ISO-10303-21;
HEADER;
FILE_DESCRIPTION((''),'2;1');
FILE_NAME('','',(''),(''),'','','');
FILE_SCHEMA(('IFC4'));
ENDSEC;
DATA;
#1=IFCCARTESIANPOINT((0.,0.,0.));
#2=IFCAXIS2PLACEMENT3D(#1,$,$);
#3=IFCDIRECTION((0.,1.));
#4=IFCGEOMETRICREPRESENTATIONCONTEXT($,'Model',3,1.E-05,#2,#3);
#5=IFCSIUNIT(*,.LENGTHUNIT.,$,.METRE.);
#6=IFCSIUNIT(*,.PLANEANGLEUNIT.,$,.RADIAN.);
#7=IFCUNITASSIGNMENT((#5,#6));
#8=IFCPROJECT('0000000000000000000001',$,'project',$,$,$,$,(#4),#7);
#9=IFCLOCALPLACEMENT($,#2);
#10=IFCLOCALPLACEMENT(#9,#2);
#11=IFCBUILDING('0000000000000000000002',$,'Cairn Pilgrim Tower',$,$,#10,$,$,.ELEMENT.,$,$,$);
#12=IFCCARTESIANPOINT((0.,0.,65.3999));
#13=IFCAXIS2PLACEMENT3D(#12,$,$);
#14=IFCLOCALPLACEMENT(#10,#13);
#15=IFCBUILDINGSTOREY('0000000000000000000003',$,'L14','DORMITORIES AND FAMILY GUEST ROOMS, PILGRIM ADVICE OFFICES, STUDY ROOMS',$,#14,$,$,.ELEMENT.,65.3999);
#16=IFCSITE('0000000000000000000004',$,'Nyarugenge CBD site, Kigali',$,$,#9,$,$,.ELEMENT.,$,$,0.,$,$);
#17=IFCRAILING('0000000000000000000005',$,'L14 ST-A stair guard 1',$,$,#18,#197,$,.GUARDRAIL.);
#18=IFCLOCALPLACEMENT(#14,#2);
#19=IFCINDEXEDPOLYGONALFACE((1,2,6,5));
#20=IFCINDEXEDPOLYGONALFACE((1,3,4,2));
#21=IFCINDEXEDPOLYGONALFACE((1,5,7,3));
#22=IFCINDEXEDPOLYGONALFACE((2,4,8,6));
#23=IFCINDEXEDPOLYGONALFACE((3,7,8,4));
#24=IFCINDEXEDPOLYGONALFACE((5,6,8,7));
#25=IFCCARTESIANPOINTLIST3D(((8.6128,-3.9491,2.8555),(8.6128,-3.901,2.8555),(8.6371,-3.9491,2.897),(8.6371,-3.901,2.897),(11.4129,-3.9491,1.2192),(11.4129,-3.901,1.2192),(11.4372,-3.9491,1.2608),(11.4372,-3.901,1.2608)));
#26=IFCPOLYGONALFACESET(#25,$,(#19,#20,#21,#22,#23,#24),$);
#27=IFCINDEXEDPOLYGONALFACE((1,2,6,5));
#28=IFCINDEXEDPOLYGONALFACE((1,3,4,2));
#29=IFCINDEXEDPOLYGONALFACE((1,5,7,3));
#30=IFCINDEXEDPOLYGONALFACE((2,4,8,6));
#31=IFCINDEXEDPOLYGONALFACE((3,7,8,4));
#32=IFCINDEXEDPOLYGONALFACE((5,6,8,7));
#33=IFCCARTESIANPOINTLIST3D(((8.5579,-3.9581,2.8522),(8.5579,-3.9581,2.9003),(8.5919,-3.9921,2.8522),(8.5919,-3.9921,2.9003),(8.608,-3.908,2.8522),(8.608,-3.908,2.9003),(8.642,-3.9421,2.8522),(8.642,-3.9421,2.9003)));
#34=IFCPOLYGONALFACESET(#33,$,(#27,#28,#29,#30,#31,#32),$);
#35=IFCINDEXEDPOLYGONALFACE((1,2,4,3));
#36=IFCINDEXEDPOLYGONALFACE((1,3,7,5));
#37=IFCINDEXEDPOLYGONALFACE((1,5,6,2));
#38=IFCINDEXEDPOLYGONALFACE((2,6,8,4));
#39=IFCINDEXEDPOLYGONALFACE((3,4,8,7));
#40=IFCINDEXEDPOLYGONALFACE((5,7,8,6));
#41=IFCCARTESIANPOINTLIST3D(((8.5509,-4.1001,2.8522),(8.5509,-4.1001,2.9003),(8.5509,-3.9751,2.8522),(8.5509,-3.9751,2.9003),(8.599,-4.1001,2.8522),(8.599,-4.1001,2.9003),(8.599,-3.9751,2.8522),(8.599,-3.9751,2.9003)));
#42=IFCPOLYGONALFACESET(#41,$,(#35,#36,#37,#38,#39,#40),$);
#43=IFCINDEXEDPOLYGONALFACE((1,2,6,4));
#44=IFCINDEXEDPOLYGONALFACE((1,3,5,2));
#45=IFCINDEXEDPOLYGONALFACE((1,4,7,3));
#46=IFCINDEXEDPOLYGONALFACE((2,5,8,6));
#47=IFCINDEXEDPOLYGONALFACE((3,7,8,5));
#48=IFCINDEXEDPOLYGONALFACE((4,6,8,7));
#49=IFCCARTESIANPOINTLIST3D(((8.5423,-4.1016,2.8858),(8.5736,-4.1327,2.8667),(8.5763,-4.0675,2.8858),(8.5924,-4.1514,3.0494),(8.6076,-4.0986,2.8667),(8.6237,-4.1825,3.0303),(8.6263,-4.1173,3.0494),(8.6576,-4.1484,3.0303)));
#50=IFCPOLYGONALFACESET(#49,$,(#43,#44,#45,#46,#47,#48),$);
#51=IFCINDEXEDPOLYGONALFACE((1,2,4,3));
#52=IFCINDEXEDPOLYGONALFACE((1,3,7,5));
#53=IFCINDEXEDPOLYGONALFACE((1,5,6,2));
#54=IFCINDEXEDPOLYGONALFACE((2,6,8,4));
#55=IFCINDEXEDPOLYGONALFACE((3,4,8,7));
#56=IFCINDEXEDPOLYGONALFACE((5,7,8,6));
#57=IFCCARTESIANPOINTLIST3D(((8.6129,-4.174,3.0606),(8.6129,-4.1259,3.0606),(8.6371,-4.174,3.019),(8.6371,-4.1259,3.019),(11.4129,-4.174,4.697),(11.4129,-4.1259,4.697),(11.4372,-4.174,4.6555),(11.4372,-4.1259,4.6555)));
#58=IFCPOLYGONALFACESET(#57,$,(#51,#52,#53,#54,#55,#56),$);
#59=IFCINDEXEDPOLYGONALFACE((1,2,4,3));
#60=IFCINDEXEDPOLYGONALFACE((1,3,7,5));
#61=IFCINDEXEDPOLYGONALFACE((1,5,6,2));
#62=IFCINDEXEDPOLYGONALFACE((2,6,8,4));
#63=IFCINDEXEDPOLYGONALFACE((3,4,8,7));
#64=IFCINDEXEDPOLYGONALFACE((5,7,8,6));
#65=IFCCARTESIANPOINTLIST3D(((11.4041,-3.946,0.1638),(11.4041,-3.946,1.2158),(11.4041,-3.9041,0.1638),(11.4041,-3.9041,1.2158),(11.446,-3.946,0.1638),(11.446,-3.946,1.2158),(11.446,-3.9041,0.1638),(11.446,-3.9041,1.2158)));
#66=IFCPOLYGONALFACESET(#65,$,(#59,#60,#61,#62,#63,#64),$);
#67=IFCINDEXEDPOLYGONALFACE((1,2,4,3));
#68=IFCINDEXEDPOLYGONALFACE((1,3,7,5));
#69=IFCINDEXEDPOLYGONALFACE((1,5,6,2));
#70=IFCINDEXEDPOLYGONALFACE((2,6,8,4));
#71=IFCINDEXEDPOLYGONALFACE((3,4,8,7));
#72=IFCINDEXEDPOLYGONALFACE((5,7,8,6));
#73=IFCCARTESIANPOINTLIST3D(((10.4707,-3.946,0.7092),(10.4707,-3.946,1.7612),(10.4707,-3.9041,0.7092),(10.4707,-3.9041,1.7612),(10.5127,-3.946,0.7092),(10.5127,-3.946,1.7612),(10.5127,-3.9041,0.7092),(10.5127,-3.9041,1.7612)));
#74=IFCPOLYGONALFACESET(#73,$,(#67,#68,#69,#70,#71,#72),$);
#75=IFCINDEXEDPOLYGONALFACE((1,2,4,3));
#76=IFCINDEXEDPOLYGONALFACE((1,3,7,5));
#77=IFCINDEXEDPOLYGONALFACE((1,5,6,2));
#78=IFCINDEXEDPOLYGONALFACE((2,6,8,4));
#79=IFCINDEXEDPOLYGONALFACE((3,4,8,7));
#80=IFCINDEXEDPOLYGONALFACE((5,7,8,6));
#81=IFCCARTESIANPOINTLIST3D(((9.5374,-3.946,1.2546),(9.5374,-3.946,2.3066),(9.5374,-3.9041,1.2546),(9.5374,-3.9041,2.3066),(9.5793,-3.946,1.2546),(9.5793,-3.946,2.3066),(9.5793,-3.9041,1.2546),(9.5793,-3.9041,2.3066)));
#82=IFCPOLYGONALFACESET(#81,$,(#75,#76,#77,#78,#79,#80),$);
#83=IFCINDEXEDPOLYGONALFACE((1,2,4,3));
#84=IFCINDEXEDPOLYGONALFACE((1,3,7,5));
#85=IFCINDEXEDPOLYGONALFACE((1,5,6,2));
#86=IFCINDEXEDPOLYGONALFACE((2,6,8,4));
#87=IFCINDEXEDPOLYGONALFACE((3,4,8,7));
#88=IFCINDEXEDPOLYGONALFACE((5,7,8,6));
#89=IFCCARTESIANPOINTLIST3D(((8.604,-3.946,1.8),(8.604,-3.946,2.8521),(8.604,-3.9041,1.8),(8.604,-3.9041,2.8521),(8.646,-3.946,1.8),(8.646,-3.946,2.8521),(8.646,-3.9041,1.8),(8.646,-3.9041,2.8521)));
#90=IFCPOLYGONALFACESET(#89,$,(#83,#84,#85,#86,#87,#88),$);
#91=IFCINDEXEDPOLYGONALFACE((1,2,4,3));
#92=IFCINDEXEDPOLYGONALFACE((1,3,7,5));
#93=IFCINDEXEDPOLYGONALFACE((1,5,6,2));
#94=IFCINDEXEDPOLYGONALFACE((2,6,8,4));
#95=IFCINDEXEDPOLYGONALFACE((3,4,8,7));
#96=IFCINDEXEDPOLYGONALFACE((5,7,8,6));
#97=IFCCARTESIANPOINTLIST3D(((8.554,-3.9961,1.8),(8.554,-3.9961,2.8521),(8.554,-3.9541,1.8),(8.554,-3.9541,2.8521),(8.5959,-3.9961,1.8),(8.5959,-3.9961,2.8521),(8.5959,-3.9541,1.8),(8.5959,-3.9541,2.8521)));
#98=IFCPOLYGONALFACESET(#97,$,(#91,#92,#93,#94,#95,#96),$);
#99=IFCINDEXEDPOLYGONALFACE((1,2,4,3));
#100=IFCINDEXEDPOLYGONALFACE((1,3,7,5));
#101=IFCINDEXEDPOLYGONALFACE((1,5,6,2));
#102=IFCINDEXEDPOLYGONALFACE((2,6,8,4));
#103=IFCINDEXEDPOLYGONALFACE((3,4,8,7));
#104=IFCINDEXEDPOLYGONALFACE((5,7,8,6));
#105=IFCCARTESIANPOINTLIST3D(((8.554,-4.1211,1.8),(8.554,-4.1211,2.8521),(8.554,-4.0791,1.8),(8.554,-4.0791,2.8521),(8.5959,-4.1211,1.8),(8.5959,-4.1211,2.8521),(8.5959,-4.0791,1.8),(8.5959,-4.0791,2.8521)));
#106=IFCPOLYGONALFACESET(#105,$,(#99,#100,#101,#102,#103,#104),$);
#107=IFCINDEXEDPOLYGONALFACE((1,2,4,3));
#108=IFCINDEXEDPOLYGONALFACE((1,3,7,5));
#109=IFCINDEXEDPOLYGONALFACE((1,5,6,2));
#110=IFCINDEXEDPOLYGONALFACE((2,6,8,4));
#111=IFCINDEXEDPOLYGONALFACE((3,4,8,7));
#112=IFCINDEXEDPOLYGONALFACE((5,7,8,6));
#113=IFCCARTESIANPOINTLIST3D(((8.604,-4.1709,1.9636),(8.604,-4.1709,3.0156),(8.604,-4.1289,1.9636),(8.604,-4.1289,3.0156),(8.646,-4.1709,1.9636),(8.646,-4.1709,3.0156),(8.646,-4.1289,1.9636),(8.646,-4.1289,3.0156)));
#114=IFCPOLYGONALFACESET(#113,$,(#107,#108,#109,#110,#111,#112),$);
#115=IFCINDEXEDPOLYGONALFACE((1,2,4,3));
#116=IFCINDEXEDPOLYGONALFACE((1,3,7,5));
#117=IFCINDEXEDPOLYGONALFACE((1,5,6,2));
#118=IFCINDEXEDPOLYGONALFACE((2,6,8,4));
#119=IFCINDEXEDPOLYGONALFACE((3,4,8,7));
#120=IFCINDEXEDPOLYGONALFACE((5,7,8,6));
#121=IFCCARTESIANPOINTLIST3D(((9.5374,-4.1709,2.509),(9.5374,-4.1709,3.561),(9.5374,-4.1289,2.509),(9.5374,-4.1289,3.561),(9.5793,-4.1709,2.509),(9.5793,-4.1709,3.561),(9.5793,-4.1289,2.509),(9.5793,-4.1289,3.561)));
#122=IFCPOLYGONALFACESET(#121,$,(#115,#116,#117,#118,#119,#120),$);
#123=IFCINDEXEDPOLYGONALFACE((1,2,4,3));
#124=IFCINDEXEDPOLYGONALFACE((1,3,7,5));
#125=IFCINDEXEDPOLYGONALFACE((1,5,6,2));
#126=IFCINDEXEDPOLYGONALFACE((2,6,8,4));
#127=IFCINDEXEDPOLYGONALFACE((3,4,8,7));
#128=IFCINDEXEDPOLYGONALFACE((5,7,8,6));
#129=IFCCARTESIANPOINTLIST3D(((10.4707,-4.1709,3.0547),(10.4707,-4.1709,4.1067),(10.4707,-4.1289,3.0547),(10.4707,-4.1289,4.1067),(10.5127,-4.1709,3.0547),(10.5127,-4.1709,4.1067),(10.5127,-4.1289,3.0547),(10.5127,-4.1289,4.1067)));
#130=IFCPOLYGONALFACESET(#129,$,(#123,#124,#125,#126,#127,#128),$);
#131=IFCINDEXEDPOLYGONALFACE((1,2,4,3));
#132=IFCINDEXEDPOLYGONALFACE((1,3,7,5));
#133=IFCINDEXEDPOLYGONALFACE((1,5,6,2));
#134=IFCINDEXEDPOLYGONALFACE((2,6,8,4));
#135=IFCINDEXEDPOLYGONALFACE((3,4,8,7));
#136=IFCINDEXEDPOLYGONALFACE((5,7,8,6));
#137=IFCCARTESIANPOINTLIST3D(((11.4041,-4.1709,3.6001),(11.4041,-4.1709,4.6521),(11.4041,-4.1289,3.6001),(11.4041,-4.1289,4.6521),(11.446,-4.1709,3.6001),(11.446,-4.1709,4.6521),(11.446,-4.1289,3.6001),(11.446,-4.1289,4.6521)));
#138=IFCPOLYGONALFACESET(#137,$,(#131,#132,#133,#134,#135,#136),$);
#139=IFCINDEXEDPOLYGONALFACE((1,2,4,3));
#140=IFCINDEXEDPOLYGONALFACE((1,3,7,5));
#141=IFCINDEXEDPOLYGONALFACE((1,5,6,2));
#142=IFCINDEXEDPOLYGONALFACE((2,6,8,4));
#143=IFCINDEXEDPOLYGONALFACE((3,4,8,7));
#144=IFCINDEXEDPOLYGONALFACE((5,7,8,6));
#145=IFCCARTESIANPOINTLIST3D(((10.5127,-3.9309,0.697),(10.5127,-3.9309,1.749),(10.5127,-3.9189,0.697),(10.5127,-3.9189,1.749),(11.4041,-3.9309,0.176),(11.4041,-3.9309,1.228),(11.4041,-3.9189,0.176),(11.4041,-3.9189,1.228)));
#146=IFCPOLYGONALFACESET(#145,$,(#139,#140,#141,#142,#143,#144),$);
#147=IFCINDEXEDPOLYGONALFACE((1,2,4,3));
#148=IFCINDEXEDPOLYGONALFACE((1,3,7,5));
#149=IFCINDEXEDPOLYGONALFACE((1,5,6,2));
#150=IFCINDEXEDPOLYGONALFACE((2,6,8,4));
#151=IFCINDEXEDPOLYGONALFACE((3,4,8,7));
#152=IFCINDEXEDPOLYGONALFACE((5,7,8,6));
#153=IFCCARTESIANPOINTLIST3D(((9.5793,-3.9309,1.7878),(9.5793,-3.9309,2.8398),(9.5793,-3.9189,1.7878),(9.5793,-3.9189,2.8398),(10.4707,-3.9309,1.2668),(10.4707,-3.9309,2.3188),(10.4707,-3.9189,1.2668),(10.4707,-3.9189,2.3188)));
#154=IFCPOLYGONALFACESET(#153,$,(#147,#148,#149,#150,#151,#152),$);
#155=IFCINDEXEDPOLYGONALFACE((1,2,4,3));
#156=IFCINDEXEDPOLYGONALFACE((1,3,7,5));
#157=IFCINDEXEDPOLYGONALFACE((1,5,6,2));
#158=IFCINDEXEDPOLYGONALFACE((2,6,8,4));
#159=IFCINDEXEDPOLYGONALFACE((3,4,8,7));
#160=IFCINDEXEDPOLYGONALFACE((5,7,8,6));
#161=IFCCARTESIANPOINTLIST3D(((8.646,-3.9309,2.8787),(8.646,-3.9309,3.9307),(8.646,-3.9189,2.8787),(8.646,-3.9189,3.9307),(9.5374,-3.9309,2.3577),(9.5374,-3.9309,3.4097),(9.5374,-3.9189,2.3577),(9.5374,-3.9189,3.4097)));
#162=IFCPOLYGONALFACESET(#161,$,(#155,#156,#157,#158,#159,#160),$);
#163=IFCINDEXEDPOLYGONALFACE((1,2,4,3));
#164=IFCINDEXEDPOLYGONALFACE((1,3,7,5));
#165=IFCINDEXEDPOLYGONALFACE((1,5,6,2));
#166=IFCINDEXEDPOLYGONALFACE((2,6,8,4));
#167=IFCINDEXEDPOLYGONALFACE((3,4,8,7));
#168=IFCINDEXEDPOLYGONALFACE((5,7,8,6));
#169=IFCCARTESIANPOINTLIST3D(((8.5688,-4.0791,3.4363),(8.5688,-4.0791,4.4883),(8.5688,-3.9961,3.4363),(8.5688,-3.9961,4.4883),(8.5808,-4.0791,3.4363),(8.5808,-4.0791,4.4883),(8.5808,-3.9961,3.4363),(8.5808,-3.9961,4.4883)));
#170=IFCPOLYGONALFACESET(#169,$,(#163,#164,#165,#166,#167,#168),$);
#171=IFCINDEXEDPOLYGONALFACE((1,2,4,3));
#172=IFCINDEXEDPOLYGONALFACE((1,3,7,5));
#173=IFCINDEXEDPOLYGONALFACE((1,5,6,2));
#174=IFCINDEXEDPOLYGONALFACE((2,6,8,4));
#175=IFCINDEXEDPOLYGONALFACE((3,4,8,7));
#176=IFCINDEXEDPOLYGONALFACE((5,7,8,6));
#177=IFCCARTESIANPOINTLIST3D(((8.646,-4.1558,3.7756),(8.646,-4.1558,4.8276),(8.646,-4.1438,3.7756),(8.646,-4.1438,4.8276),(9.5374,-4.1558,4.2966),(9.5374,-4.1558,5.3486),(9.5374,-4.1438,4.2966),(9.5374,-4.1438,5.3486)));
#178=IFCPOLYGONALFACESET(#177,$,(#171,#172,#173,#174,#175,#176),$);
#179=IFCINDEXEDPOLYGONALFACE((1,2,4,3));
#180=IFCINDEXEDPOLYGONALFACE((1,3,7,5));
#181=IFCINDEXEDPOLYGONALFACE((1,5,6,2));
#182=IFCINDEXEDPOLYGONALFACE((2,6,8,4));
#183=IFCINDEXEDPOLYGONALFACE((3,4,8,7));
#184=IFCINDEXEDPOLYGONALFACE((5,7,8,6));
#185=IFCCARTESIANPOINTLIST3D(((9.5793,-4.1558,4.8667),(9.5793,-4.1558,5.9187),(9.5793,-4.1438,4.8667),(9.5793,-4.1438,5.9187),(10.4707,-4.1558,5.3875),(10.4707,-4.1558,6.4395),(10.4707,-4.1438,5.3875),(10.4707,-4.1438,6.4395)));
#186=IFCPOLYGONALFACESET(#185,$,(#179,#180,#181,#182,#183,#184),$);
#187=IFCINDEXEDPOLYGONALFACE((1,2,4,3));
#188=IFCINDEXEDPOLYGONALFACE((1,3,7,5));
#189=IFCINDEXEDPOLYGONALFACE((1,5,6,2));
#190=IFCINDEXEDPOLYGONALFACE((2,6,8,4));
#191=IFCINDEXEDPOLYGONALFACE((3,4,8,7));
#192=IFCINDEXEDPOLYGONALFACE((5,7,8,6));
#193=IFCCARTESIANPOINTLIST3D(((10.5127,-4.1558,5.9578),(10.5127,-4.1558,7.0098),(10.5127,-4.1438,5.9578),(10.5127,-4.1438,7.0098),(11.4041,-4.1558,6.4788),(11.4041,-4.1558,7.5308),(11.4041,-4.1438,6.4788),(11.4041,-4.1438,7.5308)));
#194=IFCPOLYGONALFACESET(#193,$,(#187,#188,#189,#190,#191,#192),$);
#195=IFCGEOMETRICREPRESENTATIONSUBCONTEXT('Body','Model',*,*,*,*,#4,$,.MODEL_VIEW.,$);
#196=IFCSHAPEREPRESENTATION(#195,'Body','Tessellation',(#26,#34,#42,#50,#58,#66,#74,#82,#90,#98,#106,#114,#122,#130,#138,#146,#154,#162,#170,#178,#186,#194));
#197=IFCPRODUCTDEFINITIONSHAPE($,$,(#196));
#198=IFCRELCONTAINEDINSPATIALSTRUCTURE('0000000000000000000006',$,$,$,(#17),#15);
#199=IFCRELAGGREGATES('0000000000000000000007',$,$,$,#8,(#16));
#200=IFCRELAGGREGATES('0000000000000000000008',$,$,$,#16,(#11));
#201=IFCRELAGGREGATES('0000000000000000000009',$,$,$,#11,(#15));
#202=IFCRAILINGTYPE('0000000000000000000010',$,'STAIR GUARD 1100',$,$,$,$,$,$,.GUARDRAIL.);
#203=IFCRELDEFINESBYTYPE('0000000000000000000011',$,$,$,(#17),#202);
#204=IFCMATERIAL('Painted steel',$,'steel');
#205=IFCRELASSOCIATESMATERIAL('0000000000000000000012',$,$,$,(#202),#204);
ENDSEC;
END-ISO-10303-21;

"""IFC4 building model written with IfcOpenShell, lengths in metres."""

from ifc_helpers import new_model, si_unit, direction, frame, origin, origin_2d, place, context, subcontext, project, spatial, polyline, rectangle, outline, extrude, material, type_object, element, save


model = new_model("IFC4")

# Units and contexts
model_context = context("Model", 3, precision=1e-05, world=origin(), true_north=direction((0.0, 1.0)))
body_context = subcontext(model_context, "Body", "Model", "MODEL_VIEW")
ifc_project = project(units=[si_unit("LENGTHUNIT", "METRE"), si_unit("PLANEANGLEUNIT", "RADIAN")], contexts=[model_context])

# Site, building, storey
site_placement = place(None, origin())
site = spatial("IfcSite", under=ifc_project, at=site_placement, Name="Nyarugenge CBD site, Kigali", CompositionType="ELEMENT", RefElevation=0.0)
building_placement = place(site_placement, origin())
building = spatial("IfcBuilding", under=site, at=building_placement, Name="Cairn Pilgrim Tower", CompositionType="ELEMENT")
storey_placement = place(building_placement, frame((0.0, 0.0, 65.3999)))
storey = spatial("IfcBuildingStorey", under=building, at=storey_placement, Name="L14", Description="DORMITORIES AND FAMILY GUEST ROOMS, PILGRIM ADVICE OFFICES, STUDY ROOMS", CompositionType="ELEMENT", Elevation=65.3999)

# Shared definitions
ifc_material_1 = material(Name="Painted steel", Category="steel")

# Railing
railing_type_1 = type_object("IfcRailingType", Name="STAIR GUARD 1100", PredefinedType="GUARDRAIL", material=ifc_material_1)
railing_1_placement = place(storey_placement, frame((11.425, -3.925, 0.1638)))
element("IfcRailing", 1, at=railing_1_placement, inside=storey, type_object=railing_type_1, Name="L14 ST-A stair guard 1", PredefinedType="GUARDRAIL", context=body_context, shape_type="SweptSolid", body=[
    extrude(rectangle(XDim=0.0481, YDim=0.0481, at=origin_2d()), frame((0.0, 0.0, 1.0762), z_axis=(-0.863394, 0.0, 0.504531), x_axis=(0.0, -1.0, 0.0)), (0.0, 0.0, 1.0), 3.2432),
    extrude(rectangle(XDim=0.0481, YDim=0.0481, at=origin_2d()), frame((-2.8, 0.0, 2.7124), z_axis=(-0.707107, -0.707107, 0.0), x_axis=(0.707107, -0.707107, 0.0)), (0.0, 0.0, 1.0), 0.0708),
    extrude(rectangle(XDim=0.0481, YDim=0.0481, at=origin_2d()), frame((-2.8501, -0.05, 2.7124), z_axis=(0.0, -1.0, 0.0), x_axis=(1.0, 0.0, 0.0)), (0.0, 0.0, 1.0), 0.125),
    extrude(rectangle(XDim=0.0481, YDim=0.0481, at=origin_2d()), frame((-2.8501, -0.175, 2.7124), z_axis=(0.280917, -0.279546, 0.918118), x_axis=(0.705376, 0.708834, 0.0)), (0.0, 0.0, 1.0), 0.1782),
    extrude(rectangle(XDim=0.0481, YDim=0.0481, at=origin_2d()), frame((-2.8, -0.2249, 2.876), z_axis=(0.863361, 0.0, 0.504587), x_axis=(0.0, 1.0, 0.0)), (0.0, 0.0, 1.0), 3.2432),
    extrude(rectangle(XDim=0.042, YDim=0.042, at=origin_2d()), origin(), (0.0, 0.0, 1.0), 1.052),
    extrude(rectangle(XDim=0.042, YDim=0.042, at=origin_2d()), frame((-0.9333, 0.0, 0.5454)), (0.0, 0.0, 1.0), 1.052),
    extrude(rectangle(XDim=0.042, YDim=0.042, at=origin_2d()), frame((-1.8667, 0.0, 1.0908)), (0.0, 0.0, 1.0), 1.052),
    extrude(rectangle(XDim=0.042, YDim=0.042, at=origin_2d()), frame((-2.8, 0.0, 1.6362)), (0.0, 0.0, 1.0), 1.052),
    extrude(rectangle(XDim=0.042, YDim=0.042, at=origin_2d()), frame((-2.8501, -0.05, 1.6362)), (0.0, 0.0, 1.0), 1.052),
    extrude(rectangle(XDim=0.042, YDim=0.042, at=origin_2d()), frame((-2.8501, -0.175, 1.6362)), (0.0, 0.0, 1.0), 1.052),
    extrude(rectangle(XDim=0.042, YDim=0.042, at=origin_2d()), frame((-2.8, -0.2249, 1.7998)), (0.0, 0.0, 1.0), 1.052),
    extrude(rectangle(XDim=0.042, YDim=0.042, at=origin_2d()), frame((-1.8667, -0.2249, 2.3452)), (0.0, 0.0, 1.0), 1.052),
    extrude(rectangle(XDim=0.042, YDim=0.042, at=origin_2d()), frame((-0.9333, -0.2249, 2.8909)), (0.0, 0.0, 1.0), 1.052),
    extrude(rectangle(XDim=0.042, YDim=0.042, at=origin_2d()), frame((0.0, -0.2249, 3.4363)), (0.0, 0.0, 1.0), 1.052),
    extrude(outline(polyline([(0.021, 0.0122), (0.9124, 0.5332), (0.9124, 1.5852), (0.021, 1.0642), (0.021, 0.0122)])), frame((0.0, -0.0059, 0.0), z_axis=(0.0, 1.0, 0.0), x_axis=(-1.0, 0.0, 0.0)), (0.0, 0.0, 1.0), 0.012),
    extrude(outline(polyline([(0.021, 0.5576), (0.9124, 1.0786), (0.9124, 2.1306), (0.021, 1.6096), (0.021, 0.5576)])), frame((-0.9333, -0.0059, 0.5454), z_axis=(0.0, 1.0, 0.0), x_axis=(-1.0, 0.0, 0.0)), (0.0, 0.0, 1.0), 0.012),
    extrude(outline(polyline([(0.021, 1.103), (0.9124, 1.624), (0.9124, 2.676), (0.021, 2.155), (0.021, 1.103)])), frame((-1.8667, -0.0059, 1.0908), z_axis=(0.0, 1.0, 0.0), x_axis=(-1.0, 0.0, 0.0)), (0.0, 0.0, 1.0), 0.012),
    extrude(outline(polyline([(0.021, 1.6362), (0.104, 1.6362), (0.104, 2.6882), (0.021, 2.6882), (0.021, 1.6362)])), frame((-2.8442, -0.05, 1.6362), z_axis=(-1.0, 0.0, 0.0), x_axis=(0.0, -1.0, 0.0)), (0.0, 0.0, 1.0), 0.012),
    extrude(outline(polyline([(0.021, 1.812), (0.9124, 2.333), (0.9124, 3.385), (0.021, 2.864), (0.021, 1.812)])), frame((-2.8, -0.2188, 1.7998), z_axis=(0.0, -1.0, 0.0), x_axis=(1.0, 0.0, 0.0)), (0.0, 0.0, 1.0), 0.012),
    extrude(outline(polyline([(0.021, 2.3577), (0.9124, 2.8784), (0.9124, 3.9304), (0.021, 3.4097), (0.021, 2.3577)])), frame((-1.8667, -0.2188, 2.3452), z_axis=(0.0, -1.0, 0.0), x_axis=(1.0, 0.0, 0.0)), (0.0, 0.0, 1.0), 0.012),
    extrude(outline(polyline([(0.021, 2.9031), (0.9124, 3.4241), (0.9124, 4.4761), (0.021, 3.9551), (0.021, 2.9031)])), frame((-0.9333, -0.2188, 2.8909), z_axis=(0.0, -1.0, 0.0), x_axis=(1.0, 0.0, 0.0)), (0.0, 0.0, 1.0), 0.012),
])

save(model, "model.ifc")
